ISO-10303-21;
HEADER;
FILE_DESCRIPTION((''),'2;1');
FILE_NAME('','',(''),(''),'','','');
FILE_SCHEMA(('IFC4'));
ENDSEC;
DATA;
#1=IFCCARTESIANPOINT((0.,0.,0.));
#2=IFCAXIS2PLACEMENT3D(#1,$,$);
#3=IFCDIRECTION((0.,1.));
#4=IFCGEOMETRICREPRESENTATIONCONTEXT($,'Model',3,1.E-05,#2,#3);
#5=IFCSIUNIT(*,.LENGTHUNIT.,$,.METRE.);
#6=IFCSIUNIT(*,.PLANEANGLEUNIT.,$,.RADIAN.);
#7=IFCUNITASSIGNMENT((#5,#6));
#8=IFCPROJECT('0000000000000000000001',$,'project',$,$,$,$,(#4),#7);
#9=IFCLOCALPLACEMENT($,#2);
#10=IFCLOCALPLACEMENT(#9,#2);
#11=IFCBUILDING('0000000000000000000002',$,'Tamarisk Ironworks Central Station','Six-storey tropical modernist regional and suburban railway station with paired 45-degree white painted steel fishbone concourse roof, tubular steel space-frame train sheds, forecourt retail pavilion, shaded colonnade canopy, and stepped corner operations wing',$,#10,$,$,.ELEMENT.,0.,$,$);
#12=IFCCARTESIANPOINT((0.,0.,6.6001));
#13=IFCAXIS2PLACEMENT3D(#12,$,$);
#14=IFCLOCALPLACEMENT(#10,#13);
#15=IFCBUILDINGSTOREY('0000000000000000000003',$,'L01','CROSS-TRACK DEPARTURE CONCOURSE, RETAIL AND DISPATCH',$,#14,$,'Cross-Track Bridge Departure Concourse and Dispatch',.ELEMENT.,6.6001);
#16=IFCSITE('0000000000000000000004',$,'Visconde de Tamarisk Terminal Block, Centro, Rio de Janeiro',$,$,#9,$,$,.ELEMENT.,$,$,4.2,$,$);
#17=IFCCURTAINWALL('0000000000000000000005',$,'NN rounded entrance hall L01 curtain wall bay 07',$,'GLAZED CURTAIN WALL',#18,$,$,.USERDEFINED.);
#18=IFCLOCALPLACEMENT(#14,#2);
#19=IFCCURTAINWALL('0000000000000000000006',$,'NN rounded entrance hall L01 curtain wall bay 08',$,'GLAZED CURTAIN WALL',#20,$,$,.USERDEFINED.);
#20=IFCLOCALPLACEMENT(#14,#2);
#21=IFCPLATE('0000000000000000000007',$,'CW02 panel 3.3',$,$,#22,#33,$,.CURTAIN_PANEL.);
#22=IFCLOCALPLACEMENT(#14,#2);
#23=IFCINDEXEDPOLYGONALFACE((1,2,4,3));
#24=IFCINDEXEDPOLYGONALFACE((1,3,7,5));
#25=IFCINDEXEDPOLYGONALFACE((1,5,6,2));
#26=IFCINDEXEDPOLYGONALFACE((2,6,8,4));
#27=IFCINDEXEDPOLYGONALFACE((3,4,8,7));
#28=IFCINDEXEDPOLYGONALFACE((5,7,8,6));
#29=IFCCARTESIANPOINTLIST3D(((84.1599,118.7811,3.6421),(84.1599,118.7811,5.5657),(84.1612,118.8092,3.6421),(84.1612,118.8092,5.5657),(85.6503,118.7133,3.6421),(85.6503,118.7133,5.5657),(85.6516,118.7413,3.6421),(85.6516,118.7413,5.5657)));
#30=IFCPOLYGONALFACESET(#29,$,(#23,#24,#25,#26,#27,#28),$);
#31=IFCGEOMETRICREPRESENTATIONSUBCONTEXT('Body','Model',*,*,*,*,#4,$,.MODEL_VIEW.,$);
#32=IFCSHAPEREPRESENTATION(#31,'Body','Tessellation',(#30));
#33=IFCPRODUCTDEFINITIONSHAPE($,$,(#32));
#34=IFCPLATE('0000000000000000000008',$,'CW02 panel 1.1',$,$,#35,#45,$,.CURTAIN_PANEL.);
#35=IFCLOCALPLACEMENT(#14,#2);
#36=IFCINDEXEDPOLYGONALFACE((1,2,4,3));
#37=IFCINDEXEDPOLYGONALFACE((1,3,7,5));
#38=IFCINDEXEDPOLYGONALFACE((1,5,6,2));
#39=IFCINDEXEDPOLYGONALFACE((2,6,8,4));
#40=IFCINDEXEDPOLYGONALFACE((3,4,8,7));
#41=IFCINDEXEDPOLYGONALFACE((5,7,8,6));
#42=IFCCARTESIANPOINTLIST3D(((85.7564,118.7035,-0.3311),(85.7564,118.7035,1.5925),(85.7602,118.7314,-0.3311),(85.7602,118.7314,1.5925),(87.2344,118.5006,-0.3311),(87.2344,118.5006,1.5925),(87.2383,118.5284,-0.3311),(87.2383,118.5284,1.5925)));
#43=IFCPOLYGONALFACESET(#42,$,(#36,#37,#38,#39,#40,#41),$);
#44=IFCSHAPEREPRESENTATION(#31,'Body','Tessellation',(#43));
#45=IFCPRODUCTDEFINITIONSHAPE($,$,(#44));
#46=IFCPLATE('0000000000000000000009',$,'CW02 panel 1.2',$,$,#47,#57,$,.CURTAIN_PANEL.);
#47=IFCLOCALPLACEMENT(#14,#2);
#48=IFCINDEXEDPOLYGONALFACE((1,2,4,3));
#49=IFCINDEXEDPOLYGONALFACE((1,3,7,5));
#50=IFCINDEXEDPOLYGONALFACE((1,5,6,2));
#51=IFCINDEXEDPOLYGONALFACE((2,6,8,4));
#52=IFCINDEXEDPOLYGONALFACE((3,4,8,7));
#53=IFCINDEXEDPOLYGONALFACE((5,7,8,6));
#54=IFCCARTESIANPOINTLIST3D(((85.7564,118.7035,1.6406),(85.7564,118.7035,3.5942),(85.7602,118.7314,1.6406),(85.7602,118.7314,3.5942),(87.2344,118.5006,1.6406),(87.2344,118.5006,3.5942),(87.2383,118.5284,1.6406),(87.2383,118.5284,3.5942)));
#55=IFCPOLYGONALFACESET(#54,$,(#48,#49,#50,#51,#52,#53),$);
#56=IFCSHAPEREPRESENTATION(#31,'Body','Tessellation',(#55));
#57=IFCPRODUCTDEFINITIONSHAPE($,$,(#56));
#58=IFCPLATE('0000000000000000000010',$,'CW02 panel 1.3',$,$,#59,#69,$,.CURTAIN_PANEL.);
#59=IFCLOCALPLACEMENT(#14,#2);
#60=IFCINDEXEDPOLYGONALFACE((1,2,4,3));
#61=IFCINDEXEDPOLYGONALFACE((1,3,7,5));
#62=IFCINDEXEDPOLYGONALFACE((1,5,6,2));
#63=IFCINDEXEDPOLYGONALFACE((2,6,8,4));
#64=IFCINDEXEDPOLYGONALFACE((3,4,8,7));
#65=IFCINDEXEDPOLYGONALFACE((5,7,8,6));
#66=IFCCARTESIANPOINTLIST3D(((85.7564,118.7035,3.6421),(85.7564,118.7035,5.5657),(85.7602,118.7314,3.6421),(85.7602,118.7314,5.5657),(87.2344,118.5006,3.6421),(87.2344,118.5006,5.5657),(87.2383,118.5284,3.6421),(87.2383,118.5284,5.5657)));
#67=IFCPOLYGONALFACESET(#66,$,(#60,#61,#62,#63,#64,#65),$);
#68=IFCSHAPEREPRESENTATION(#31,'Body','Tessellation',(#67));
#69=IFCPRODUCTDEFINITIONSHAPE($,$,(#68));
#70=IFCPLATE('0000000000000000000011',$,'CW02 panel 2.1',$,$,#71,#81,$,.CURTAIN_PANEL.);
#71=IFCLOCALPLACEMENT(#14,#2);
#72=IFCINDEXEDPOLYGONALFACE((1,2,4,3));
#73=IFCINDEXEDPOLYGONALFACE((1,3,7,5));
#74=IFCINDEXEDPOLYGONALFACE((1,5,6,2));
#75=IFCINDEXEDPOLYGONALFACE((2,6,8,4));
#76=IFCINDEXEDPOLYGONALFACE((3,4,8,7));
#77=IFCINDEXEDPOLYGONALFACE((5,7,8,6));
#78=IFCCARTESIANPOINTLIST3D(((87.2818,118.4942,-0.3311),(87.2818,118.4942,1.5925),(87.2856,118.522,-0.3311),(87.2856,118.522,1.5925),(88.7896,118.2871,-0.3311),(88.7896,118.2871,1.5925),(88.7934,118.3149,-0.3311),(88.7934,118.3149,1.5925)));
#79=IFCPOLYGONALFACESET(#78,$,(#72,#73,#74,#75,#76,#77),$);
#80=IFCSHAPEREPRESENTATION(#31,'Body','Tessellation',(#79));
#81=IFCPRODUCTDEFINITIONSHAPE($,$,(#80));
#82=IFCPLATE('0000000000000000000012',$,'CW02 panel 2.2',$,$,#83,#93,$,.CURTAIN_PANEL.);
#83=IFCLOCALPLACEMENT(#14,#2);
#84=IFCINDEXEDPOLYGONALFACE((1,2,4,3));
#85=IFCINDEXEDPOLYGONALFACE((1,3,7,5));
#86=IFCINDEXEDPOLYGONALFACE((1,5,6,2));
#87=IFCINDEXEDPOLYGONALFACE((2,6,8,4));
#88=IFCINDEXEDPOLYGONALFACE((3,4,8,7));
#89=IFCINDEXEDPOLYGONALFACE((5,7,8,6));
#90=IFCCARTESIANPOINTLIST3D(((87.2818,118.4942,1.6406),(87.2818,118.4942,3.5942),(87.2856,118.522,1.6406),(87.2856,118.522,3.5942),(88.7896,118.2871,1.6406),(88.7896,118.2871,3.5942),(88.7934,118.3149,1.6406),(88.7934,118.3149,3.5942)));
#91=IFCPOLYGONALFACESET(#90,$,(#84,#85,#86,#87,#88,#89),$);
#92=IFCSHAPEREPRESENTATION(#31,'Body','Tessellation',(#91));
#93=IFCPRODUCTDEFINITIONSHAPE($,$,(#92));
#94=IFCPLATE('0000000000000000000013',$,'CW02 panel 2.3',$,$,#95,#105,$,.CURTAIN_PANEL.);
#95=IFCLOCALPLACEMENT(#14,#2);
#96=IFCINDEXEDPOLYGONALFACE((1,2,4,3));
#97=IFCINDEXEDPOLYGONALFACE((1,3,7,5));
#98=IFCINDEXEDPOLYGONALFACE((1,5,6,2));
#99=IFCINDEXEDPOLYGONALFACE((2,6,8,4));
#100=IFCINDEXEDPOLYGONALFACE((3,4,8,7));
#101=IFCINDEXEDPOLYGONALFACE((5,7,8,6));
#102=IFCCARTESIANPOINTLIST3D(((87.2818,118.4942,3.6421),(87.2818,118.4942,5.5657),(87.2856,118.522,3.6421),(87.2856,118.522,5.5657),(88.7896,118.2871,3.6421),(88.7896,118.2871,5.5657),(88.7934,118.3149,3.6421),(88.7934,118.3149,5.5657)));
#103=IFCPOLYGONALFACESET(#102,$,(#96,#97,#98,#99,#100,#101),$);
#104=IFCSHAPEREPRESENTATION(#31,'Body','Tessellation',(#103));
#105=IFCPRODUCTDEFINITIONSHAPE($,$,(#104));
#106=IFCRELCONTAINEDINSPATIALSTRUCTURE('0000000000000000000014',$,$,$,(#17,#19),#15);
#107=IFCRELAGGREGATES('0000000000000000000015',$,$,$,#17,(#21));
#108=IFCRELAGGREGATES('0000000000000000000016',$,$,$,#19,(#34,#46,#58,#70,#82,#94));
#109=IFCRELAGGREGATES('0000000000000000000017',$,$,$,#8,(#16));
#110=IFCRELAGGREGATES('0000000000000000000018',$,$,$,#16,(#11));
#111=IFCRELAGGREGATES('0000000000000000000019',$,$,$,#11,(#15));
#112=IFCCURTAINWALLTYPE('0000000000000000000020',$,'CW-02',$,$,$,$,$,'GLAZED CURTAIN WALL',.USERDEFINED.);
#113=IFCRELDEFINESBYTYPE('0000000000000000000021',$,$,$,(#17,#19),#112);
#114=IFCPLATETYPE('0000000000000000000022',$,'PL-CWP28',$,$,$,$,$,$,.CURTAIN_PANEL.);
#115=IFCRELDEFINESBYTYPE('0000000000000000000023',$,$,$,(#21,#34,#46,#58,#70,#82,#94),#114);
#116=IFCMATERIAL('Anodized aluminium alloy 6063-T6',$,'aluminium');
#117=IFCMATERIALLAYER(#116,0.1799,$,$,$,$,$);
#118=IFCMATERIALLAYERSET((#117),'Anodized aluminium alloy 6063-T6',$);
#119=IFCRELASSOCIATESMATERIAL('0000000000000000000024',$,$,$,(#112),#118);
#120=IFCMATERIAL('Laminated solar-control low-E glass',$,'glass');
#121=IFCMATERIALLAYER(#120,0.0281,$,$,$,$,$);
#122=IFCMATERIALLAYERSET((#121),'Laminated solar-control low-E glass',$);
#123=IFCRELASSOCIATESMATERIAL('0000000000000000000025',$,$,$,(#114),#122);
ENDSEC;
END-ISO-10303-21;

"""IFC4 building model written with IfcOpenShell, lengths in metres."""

from ifc_helpers import new_model, si_unit, direction, frame, origin, origin_2d, place, context, subcontext, project, spatial, rectangle, extrude, material, layer, layer_set, type_object, element, aggregate, save


model = new_model("IFC4")

# Units and contexts
model_context = context("Model", 3, precision=1e-05, world=origin(), true_north=direction((0.0, 1.0)))
body_context = subcontext(model_context, "Body", "Model", "MODEL_VIEW")
ifc_project = project(units=[si_unit("LENGTHUNIT", "METRE"), si_unit("PLANEANGLEUNIT", "RADIAN")], contexts=[model_context])

# Site, building, storey
site_placement = place(None, origin())
site = spatial("IfcSite", under=ifc_project, at=site_placement, Name="Visconde de Tamarisk Terminal Block, Centro, Rio de Janeiro", CompositionType="ELEMENT", RefElevation=4.2)
building_placement = place(site_placement, origin())
building = spatial("IfcBuilding", under=site, at=building_placement, Name="Tamarisk Ironworks Central Station", Description="Six-storey tropical modernist regional and suburban railway station with paired 45-degree white painted steel fishbone concourse roof, tubular steel space-frame train sheds, forecourt retail pavilion, shaded colonnade canopy, and stepped corner operations wing", CompositionType="ELEMENT", ElevationOfRefHeight=0.0)
storey_placement = place(building_placement, frame((0.0, 0.0, 6.6001)))
storey = spatial("IfcBuildingStorey", under=building, at=storey_placement, Name="L01", Description="CROSS-TRACK DEPARTURE CONCOURSE, RETAIL AND DISPATCH", LongName="Cross-Track Bridge Departure Concourse and Dispatch", CompositionType="ELEMENT", Elevation=6.6001)

# Curtain wall
ifc_material_1 = material(Name="Anodized aluminium alloy 6063-T6", Category="aluminium")
ifc_layer_1 = layer(ifc_material_1, 0.1799)
ifc_layer_set_1 = layer_set([ifc_layer_1], Name="Anodized aluminium alloy 6063-T6")
curtain_wall_type = type_object("IfcCurtainWallType", Name="CW-02", ElementType="GLAZED CURTAIN WALL", PredefinedType="USERDEFINED", material=ifc_layer_set_1)
curtain_wall_1_placement = place(storey_placement, origin())
curtain_wall_1 = element("IfcCurtainWall", 1, at=curtain_wall_1_placement, inside=storey, type_object=curtain_wall_type, Name="NN rounded entrance hall L01 curtain wall bay 07", ObjectType="GLAZED CURTAIN WALL", PredefinedType="USERDEFINED")

# Curtain wall
curtain_wall_2_placement = place(storey_placement, origin())
curtain_wall_2 = element("IfcCurtainWall", 2, at=curtain_wall_2_placement, inside=storey, type_object=curtain_wall_type, Name="NN rounded entrance hall L01 curtain wall bay 08", ObjectType="GLAZED CURTAIN WALL", PredefinedType="USERDEFINED")

# Plates
ifc_material_2 = material(Name="Laminated solar-control low-E glass", Category="glass")
ifc_layer_2 = layer(ifc_material_2, 0.0281)
ifc_layer_set_2 = layer_set([ifc_layer_2], Name="Laminated solar-control low-E glass")
plate_type = type_object("IfcPlateType", Name="PL-CWP28", PredefinedType="CURTAIN_PANEL", material=ifc_layer_set_2)
plate_1_placement = place(storey_placement, frame((84.9058, 118.7612, 3.6421), z_axis=(0.0, 0.0, 1.0), x_axis=(0.998965, -0.045481, 0.0)))
plate_1 = element("IfcPlate", 3, at=plate_1_placement, type_object=plate_type, Name="CW02 panel 3.3", PredefinedType="CURTAIN_PANEL", context=body_context, shape_type="SweptSolid", body=[
    extrude(rectangle(XDim=1.4919, YDim=0.0281, at=origin_2d()), origin(), (0.0, 0.0, 1.0), 1.9236),
])
aggregate(curtain_wall_1, [plate_1])
plate_2_placement = place(storey_placement, frame((86.4973, 118.616, -0.3311), z_axis=(0.0, 0.0, 1.0), x_axis=(0.990703, -0.136042, 0.0)))
plate_2 = element("IfcPlate", 4, at=plate_2_placement, type_object=plate_type, Name="CW02 panel 1.1", PredefinedType="CURTAIN_PANEL", context=body_context, shape_type="SweptSolid", body=[
    extrude(rectangle(XDim=1.4919, YDim=0.0281, at=origin_2d()), origin(), (0.0, 0.0, 1.0), 1.9236),
])
plate_3_placement = place(storey_placement, frame((86.4973, 118.616, 1.6406), z_axis=(0.0, 0.0, 1.0), x_axis=(0.990703, -0.136042, 0.0)))
plate_3 = element("IfcPlate", 5, at=plate_3_placement, type_object=plate_type, Name="CW02 panel 1.2", PredefinedType="CURTAIN_PANEL", context=body_context, shape_type="SweptSolid", body=[
    extrude(rectangle(XDim=1.4919, YDim=0.0281, at=origin_2d()), origin(), (0.0, 0.0, 1.0), 1.9536),
])
plate_4_placement = place(storey_placement, frame((86.4973, 118.616, 3.6421), z_axis=(0.0, 0.0, 1.0), x_axis=(0.990703, -0.136042, 0.0)))
plate_4 = element("IfcPlate", 6, at=plate_4_placement, type_object=plate_type, Name="CW02 panel 1.3", PredefinedType="CURTAIN_PANEL", context=body_context, shape_type="SweptSolid", body=[
    extrude(rectangle(XDim=1.4919, YDim=0.0281, at=origin_2d()), origin(), (0.0, 0.0, 1.0), 1.9236),
])
plate_5_placement = place(storey_placement, frame((88.0376, 118.4045, -0.3311), z_axis=(0.0, 0.0, 1.0), x_axis=(0.990703, -0.136042, 0.0)))
plate_5 = element("IfcPlate", 7, at=plate_5_placement, type_object=plate_type, Name="CW02 panel 2.1", PredefinedType="CURTAIN_PANEL", context=body_context, shape_type="SweptSolid", body=[
    extrude(rectangle(XDim=1.522, YDim=0.0281, at=origin_2d()), origin(), (0.0, 0.0, 1.0), 1.9236),
])
plate_6_placement = place(storey_placement, frame((88.0376, 118.4045, 1.6406), z_axis=(0.0, 0.0, 1.0), x_axis=(0.990703, -0.136042, 0.0)))
plate_6 = element("IfcPlate", 8, at=plate_6_placement, type_object=plate_type, Name="CW02 panel 2.2", PredefinedType="CURTAIN_PANEL", context=body_context, shape_type="SweptSolid", body=[
    extrude(rectangle(XDim=1.522, YDim=0.0281, at=origin_2d()), origin(), (0.0, 0.0, 1.0), 1.9536),
])
plate_7_placement = place(storey_placement, frame((88.0376, 118.4045, 3.6421), z_axis=(0.0, 0.0, 1.0), x_axis=(0.990703, -0.136042, 0.0)))
plate_7 = element("IfcPlate", 9, at=plate_7_placement, type_object=plate_type, Name="CW02 panel 2.3", PredefinedType="CURTAIN_PANEL", context=body_context, shape_type="SweptSolid", body=[
    extrude(rectangle(XDim=1.522, YDim=0.0281, at=origin_2d()), origin(), (0.0, 0.0, 1.0), 1.9236),
])
aggregate(curtain_wall_2, [plate_2, plate_3, plate_4, plate_5, plate_6, plate_7])

save(model, "model.ifc")
